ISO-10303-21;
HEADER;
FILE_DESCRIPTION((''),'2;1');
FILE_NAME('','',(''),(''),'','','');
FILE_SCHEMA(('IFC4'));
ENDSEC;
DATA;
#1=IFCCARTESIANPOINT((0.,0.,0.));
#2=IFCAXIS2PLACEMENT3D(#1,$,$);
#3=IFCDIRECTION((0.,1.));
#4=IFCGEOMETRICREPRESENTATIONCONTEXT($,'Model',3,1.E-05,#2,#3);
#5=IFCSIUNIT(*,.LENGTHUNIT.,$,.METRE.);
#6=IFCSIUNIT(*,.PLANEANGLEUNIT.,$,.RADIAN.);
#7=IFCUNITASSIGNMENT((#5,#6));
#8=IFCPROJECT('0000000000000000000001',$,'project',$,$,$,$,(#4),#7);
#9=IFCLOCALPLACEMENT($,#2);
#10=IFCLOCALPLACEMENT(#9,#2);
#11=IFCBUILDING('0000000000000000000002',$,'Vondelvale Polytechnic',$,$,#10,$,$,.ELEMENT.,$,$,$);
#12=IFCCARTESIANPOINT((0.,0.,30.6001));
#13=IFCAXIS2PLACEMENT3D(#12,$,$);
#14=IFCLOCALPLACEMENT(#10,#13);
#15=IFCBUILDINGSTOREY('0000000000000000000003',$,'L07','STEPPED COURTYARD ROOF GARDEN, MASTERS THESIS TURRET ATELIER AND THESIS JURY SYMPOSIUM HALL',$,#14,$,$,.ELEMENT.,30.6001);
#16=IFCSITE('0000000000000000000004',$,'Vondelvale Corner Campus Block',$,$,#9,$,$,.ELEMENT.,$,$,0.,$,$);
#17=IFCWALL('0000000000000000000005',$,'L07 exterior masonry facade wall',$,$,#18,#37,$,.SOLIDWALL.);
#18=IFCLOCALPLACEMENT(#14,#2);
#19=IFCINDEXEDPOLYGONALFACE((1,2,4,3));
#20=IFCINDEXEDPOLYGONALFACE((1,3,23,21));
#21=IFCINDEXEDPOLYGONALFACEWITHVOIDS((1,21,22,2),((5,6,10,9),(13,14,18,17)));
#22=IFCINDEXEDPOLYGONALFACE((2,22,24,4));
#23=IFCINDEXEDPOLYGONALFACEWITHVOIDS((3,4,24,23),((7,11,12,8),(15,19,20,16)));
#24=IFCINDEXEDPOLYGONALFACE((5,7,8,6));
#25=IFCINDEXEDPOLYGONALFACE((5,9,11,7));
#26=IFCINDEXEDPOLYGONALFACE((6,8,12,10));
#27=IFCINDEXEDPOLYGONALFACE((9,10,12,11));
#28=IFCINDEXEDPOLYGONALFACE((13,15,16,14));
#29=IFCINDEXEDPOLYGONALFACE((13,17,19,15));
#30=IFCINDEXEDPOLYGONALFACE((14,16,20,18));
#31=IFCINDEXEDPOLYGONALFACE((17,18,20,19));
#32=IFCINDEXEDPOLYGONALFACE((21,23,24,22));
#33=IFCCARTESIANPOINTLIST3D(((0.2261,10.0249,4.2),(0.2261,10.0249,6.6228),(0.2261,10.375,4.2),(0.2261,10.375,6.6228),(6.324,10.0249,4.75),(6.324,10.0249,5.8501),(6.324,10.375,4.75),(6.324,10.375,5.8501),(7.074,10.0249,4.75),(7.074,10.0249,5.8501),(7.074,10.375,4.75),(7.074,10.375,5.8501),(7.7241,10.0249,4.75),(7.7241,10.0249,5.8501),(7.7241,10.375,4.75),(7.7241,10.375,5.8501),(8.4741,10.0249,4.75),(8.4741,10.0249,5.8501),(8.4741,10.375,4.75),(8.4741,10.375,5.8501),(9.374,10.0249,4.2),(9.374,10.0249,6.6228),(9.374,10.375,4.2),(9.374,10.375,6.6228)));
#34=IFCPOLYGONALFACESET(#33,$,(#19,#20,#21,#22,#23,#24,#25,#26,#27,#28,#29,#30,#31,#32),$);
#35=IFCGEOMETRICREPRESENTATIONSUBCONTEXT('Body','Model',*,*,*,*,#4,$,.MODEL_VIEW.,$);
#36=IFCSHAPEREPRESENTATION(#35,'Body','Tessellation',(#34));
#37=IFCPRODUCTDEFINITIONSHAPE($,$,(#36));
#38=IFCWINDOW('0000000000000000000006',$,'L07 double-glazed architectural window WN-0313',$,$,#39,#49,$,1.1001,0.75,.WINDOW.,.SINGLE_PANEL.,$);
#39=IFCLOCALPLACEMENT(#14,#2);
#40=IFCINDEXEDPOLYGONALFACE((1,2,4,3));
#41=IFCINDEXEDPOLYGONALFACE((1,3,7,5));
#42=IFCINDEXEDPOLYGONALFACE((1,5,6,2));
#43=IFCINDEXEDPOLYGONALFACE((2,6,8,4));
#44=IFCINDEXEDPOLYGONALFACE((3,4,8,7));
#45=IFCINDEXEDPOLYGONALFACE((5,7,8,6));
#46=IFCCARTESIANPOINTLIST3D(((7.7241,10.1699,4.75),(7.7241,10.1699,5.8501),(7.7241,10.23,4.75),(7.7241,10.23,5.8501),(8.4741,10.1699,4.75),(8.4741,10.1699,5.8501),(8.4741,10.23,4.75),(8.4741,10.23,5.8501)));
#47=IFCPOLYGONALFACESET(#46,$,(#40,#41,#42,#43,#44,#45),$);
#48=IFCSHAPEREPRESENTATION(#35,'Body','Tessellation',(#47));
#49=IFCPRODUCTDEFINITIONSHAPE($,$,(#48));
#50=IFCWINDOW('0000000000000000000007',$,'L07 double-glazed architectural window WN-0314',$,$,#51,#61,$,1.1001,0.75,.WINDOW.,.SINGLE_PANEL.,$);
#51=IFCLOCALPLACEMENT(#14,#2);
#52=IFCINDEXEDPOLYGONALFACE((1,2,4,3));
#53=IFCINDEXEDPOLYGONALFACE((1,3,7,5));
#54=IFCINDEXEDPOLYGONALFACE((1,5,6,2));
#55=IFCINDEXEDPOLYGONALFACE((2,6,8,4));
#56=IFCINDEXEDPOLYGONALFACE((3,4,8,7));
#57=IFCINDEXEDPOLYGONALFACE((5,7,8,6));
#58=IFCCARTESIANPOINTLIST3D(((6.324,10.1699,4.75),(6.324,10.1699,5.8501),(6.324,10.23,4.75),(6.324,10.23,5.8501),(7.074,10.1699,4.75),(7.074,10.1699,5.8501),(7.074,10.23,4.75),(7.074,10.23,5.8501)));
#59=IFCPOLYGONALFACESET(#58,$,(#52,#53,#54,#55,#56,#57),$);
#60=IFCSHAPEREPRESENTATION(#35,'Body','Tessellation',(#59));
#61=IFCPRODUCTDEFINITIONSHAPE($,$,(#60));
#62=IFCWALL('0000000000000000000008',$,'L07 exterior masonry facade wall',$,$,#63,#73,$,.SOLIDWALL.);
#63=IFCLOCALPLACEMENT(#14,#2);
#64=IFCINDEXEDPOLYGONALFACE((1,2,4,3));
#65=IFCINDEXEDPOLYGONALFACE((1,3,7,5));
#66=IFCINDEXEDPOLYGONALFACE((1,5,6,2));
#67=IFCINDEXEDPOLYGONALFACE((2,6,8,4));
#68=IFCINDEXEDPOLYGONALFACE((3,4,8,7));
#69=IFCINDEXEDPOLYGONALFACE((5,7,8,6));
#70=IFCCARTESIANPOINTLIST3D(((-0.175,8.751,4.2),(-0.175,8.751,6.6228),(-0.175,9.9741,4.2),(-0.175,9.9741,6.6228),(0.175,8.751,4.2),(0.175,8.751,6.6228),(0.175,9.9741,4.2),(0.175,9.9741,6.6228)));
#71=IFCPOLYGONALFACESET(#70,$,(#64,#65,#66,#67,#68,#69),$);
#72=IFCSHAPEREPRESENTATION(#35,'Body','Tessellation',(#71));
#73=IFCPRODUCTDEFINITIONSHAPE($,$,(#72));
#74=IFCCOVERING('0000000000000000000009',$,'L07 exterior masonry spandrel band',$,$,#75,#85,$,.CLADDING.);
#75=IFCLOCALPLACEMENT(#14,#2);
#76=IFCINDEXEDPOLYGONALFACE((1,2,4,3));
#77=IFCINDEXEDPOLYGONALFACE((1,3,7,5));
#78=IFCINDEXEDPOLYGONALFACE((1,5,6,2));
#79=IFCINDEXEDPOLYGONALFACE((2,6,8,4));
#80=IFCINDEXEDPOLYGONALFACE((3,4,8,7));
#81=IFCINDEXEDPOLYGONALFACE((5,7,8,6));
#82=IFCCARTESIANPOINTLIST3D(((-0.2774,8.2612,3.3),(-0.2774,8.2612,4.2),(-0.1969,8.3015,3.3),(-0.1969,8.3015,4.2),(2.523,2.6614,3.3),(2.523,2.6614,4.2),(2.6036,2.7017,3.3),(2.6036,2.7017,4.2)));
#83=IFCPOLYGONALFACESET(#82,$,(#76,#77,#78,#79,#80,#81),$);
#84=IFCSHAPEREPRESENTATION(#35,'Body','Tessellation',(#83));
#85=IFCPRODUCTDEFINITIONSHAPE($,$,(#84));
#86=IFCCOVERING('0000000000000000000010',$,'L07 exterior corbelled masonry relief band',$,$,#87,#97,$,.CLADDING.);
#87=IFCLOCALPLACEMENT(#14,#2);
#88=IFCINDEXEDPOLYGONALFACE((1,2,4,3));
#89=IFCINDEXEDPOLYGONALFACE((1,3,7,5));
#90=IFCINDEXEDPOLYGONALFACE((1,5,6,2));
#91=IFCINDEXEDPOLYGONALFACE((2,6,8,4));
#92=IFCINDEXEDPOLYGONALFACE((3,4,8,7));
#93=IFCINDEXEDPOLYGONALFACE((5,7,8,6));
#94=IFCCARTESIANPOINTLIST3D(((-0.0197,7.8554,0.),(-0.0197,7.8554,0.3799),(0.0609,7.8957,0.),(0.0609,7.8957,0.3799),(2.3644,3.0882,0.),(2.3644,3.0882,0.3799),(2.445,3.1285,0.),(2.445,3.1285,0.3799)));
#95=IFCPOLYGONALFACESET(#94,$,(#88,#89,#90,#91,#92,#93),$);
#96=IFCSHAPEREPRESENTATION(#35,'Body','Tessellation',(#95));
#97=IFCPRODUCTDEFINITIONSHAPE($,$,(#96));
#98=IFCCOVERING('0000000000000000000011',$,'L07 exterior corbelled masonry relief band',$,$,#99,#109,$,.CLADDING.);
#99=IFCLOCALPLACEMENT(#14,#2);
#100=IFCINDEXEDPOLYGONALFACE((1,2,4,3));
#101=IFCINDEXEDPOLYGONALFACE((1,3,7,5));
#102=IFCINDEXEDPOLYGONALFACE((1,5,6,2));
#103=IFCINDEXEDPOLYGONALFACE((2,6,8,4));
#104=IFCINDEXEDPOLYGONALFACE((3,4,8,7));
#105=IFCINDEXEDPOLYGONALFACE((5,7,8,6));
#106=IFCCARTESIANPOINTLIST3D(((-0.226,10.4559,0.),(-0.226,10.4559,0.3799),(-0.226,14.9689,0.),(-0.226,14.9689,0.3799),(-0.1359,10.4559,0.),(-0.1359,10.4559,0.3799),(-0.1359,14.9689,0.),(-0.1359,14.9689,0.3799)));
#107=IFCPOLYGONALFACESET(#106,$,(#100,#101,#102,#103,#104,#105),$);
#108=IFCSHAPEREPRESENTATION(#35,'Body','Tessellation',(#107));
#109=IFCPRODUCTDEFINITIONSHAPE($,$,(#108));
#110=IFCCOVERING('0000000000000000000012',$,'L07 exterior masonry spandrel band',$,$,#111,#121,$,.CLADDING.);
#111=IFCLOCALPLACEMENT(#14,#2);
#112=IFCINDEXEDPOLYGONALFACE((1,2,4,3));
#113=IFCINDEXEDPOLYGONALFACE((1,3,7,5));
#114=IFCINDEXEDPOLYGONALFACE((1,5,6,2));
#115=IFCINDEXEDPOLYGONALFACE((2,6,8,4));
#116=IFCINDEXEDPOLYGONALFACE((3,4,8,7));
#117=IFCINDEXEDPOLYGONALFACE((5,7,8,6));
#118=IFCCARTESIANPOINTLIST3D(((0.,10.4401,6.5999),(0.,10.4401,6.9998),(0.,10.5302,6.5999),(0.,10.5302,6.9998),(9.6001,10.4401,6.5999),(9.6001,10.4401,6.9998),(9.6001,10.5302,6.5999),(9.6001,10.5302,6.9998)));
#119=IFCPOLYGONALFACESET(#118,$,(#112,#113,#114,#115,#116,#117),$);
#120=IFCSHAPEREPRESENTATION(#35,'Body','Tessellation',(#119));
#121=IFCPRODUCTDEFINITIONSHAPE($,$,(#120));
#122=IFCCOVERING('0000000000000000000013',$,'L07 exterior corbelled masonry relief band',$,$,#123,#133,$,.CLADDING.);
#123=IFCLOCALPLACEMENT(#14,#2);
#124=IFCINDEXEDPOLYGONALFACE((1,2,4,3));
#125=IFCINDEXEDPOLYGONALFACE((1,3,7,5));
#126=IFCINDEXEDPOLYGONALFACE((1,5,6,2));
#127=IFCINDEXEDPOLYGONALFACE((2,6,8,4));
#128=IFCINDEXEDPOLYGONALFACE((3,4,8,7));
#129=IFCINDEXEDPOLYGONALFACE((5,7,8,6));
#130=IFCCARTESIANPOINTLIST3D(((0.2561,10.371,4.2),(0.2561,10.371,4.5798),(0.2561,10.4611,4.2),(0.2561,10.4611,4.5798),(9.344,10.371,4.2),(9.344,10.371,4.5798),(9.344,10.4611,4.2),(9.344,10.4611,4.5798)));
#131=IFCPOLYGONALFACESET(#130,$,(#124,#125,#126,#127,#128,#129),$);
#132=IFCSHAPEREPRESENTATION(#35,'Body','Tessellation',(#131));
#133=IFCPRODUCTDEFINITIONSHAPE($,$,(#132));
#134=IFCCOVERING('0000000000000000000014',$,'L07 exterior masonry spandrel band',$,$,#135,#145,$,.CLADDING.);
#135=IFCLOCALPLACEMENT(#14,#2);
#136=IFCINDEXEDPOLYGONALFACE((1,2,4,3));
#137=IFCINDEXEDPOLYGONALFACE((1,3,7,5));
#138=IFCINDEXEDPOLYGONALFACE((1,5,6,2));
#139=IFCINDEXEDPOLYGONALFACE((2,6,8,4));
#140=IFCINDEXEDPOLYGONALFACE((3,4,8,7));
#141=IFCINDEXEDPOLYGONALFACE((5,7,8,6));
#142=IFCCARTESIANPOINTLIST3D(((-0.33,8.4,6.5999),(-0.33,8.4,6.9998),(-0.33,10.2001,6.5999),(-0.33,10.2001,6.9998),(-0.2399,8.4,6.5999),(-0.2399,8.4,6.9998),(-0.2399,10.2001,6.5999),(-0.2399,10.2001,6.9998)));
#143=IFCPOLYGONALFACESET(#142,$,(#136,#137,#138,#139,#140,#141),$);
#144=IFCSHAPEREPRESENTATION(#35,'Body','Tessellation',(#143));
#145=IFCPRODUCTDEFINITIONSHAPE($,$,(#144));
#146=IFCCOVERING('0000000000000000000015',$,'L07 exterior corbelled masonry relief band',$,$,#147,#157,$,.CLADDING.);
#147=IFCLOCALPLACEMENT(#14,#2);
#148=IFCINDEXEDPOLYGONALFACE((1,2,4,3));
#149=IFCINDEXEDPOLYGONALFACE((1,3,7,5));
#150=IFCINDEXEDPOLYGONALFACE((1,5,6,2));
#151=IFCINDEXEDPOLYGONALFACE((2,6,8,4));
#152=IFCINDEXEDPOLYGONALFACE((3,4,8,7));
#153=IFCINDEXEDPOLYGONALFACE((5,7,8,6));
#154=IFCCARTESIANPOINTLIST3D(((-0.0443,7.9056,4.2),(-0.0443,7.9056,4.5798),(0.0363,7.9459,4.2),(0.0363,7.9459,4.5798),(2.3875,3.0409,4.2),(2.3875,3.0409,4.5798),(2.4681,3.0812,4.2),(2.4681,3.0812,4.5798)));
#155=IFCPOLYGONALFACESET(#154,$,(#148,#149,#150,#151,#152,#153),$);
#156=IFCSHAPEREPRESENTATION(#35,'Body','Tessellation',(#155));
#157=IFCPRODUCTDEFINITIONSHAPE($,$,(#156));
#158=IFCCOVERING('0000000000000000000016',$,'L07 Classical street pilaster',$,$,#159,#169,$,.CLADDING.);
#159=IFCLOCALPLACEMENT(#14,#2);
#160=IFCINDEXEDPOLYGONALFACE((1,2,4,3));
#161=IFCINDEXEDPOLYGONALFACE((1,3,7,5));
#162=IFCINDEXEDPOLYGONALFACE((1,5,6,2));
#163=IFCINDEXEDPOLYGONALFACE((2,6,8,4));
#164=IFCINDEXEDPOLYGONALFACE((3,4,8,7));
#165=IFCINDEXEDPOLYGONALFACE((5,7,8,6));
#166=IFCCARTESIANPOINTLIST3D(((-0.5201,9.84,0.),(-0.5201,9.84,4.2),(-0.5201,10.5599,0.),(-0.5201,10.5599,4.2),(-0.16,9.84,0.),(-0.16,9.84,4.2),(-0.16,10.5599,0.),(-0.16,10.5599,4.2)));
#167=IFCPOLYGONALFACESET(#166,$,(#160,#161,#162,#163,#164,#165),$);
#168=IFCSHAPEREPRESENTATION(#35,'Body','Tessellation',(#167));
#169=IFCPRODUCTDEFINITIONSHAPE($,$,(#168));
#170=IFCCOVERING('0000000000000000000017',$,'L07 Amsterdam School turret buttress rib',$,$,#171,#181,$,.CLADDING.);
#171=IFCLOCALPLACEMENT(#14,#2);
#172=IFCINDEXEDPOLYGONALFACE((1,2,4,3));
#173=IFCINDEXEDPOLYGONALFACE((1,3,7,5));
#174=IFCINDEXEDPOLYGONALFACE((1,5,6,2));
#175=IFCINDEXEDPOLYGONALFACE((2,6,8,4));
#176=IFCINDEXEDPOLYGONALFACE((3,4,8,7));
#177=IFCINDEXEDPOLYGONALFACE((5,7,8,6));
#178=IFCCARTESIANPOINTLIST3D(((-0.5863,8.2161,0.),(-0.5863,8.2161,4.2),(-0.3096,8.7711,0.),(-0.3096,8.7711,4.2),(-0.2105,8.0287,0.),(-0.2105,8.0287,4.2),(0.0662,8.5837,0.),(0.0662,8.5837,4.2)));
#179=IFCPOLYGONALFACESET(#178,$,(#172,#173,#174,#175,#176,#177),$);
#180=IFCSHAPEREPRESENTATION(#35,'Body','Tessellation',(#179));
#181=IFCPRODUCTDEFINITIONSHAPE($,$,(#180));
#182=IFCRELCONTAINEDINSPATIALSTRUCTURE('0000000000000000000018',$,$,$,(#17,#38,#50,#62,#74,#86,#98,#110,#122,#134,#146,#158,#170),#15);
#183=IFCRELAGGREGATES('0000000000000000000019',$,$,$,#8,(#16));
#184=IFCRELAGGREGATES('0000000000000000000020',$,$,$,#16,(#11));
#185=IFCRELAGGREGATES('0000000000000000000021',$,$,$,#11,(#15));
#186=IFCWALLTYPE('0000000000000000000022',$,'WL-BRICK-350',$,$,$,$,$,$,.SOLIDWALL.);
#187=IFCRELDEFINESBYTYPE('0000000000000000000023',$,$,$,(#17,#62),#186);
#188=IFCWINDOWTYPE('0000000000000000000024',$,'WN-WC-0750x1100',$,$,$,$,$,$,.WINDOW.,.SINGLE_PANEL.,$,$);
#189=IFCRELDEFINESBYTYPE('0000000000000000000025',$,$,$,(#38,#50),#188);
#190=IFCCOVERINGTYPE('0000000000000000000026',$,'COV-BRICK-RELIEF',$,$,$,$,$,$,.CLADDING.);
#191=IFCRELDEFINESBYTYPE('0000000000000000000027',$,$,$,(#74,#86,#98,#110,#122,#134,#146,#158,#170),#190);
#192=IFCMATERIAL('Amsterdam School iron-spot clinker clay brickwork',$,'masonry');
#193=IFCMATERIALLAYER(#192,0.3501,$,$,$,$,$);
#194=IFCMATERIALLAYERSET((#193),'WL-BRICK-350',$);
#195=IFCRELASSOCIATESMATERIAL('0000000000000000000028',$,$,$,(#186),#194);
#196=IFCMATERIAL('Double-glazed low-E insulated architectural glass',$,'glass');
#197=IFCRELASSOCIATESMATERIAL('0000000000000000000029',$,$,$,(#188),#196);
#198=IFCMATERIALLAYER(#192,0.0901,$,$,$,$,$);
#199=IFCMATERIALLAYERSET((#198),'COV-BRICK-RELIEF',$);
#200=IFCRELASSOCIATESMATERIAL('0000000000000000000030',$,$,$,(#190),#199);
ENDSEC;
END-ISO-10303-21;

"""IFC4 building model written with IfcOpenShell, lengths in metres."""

from ifc_helpers import new_model, si_unit, direction, frame, frame_2d, origin, origin_2d, place, context, subcontext, project, spatial, rectangle, extrude, material, layer, layer_set, type_object, element, fill, save


model = new_model("IFC4")

# Units and contexts
model_context = context("Model", 3, precision=1e-05, world=origin(), true_north=direction((0.0, 1.0)))
body_context = subcontext(model_context, "Body", "Model", "MODEL_VIEW")
ifc_project = project(units=[si_unit("LENGTHUNIT", "METRE"), si_unit("PLANEANGLEUNIT", "RADIAN")], contexts=[model_context])

# Site, building, storey
site_placement = place(None, origin())
site = spatial("IfcSite", under=ifc_project, at=site_placement, Name="Vondelvale Corner Campus Block", CompositionType="ELEMENT", RefElevation=0.0)
building_placement = place(site_placement, origin())
building = spatial("IfcBuilding", under=site, at=building_placement, Name="Vondelvale Polytechnic", CompositionType="ELEMENT")
storey_placement = place(building_placement, frame((0.0, 0.0, 30.6001)))
storey = spatial("IfcBuildingStorey", under=building, at=storey_placement, Name="L07", Description="STEPPED COURTYARD ROOF GARDEN, MASTERS THESIS TURRET ATELIER AND THESIS JURY SYMPOSIUM HALL", CompositionType="ELEMENT", Elevation=30.6001)

# Shared definitions
ifc_material_1 = material(Name="Amsterdam School iron-spot clinker clay brickwork", Category="masonry")

# Shared definitions
ifc_material_2 = material(Name="Double-glazed low-E insulated architectural glass", Category="glass")

# Wall, openings, windows
ifc_layer_1 = layer(ifc_material_1, 0.3501)
ifc_layer_set_1 = layer_set([ifc_layer_1], Name="WL-BRICK-350")
wall_type_1 = type_object("IfcWallType", Name="WL-BRICK-350", PredefinedType="SOLIDWALL", material=ifc_layer_set_1)
wall_1_placement = place(storey_placement, frame((0.2261, 10.2, 4.2), z_axis=(0.0, 0.0, 1.0), x_axis=(1.0, 0.0, 0.0)))
wall_1 = element("IfcWall", 1, at=wall_1_placement, inside=storey, type_object=wall_type_1, Name="L07 exterior masonry facade wall", PredefinedType="SOLIDWALL", context=body_context, shape_type="SweptSolid", body=[
    extrude(rectangle(XDim=9.1479, YDim=0.3501, at=frame_2d((4.574, 0.0))), origin(), (0.0, 0.0, 1.0), 2.4229),
])
opening_1_placement = place(wall_1_placement, frame((7.498, 0.0, 0.55)))
opening_1 = element("IfcOpeningElement", 2, at=opening_1_placement, cuts=wall_1, PredefinedType="OPENING", context=body_context, shape_type="SweptSolid", body=[
    extrude(rectangle(XDim=0.75, YDim=1.1001, at=frame_2d((0.375, 0.55))), frame((0.0, 0.1851, 0.0), z_axis=(0.0, -1.0, 0.0), x_axis=(1.0, 0.0, 0.0)), (0.0, 0.0, 1.0), 0.3701),
])
opening_2_placement = place(wall_1_placement, frame((6.0979, 0.0, 0.55)))
opening_2 = element("IfcOpeningElement", 3, at=opening_2_placement, cuts=wall_1, PredefinedType="OPENING", context=body_context, shape_type="SweptSolid", body=[
    extrude(rectangle(XDim=0.75, YDim=1.1001, at=frame_2d((0.375, 0.55))), frame((0.0, 0.1851, 0.0), z_axis=(0.0, -1.0, 0.0), x_axis=(1.0, 0.0, 0.0)), (0.0, 0.0, 1.0), 0.3701),
])
window_type_1 = type_object("IfcWindowType", Name="WN-WC-0750x1100", PartitioningType="SINGLE_PANEL", PredefinedType="WINDOW", material=ifc_material_2)
window_1_placement = place(opening_1_placement, origin())
window_1 = element("IfcWindow", 4, at=window_1_placement, inside=storey, type_object=window_type_1, Name="L07 double-glazed architectural window WN-0313", OverallHeight=1.1001, OverallWidth=0.75, PartitioningType="SINGLE_PANEL", PredefinedType="WINDOW", context=body_context, shape_type="SweptSolid", body=[
    extrude(rectangle(XDim=0.75, YDim=1.1001, at=frame_2d((0.375, 0.55))), frame((0.0, 0.03, 0.0), z_axis=(0.0, -1.0, 0.0), x_axis=(1.0, 0.0, 0.0)), (0.0, 0.0, 1.0), 0.0601),
])
fill(opening_1, window_1)
window_2_placement = place(opening_2_placement, origin())
window_2 = element("IfcWindow", 5, at=window_2_placement, inside=storey, type_object=window_type_1, Name="L07 double-glazed architectural window WN-0314", OverallHeight=1.1001, OverallWidth=0.75, PartitioningType="SINGLE_PANEL", PredefinedType="WINDOW", context=body_context, shape_type="SweptSolid", body=[
    extrude(rectangle(XDim=0.75, YDim=1.1001, at=frame_2d((0.375, 0.55))), frame((0.0, 0.03, 0.0), z_axis=(0.0, -1.0, 0.0), x_axis=(1.0, 0.0, 0.0)), (0.0, 0.0, 1.0), 0.0601),
])
fill(opening_2, window_2)

# Wall
wall_2_placement = place(storey_placement, frame((0.0, 8.751, 4.2), z_axis=(0.0, 0.0, 1.0), x_axis=(0.0, 1.0, 0.0)))
element("IfcWall", 6, at=wall_2_placement, inside=storey, type_object=wall_type_1, Name="L07 exterior masonry facade wall", PredefinedType="SOLIDWALL", context=body_context, shape_type="SweptSolid", body=[
    extrude(rectangle(XDim=1.2231, YDim=0.3501, at=frame_2d((0.6116, 0.0))), origin(), (0.0, 0.0, 1.0), 2.4229),
])

# Coverings
ifc_layer_2 = layer(ifc_material_1, 0.0901)
ifc_layer_set_2 = layer_set([ifc_layer_2], Name="COV-BRICK-RELIEF")
covering_type = type_object("IfcCoveringType", Name="COV-BRICK-RELIEF", PredefinedType="CLADDING", material=ifc_layer_set_2)
covering_1_placement = place(storey_placement, frame((1.1631, 5.4814, 3.3), z_axis=(0.0, 0.0, 1.0), x_axis=(-0.447291, 0.894389, 0.0)))
element("IfcCovering", 7, at=covering_1_placement, inside=storey, type_object=covering_type, Name="L07 exterior masonry spandrel band", PredefinedType="CLADDING", context=body_context, shape_type="SweptSolid", body=[
    extrude(rectangle(XDim=6.261, YDim=0.0901, at=origin_2d()), origin(), (0.0, 0.0, 1.0), 0.8999),
])
covering_2_placement = place(storey_placement, frame((1.2126, 5.4919, 0.0), z_axis=(0.0, 0.0, 1.0), x_axis=(-0.447291, 0.894389, 0.0)))
element("IfcCovering", 8, at=covering_2_placement, inside=storey, type_object=covering_type, Name="L07 exterior corbelled masonry relief band", PredefinedType="CLADDING", context=body_context, shape_type="SweptSolid", body=[
    extrude(rectangle(XDim=5.3301, YDim=0.0901, at=origin_2d()), origin(), (0.0, 0.0, 1.0), 0.3799),
])
covering_3_placement = place(storey_placement, frame((-0.1809, 12.7124, 0.0), z_axis=(0.0, 0.0, 1.0), x_axis=(0.0, 1.0, 0.0)))
element("IfcCovering", 9, at=covering_3_placement, inside=storey, type_object=covering_type, Name="L07 exterior corbelled masonry relief band", PredefinedType="CLADDING", context=body_context, shape_type="SweptSolid", body=[
    extrude(rectangle(XDim=4.5129, YDim=0.0901, at=origin_2d()), origin(), (0.0, 0.0, 1.0), 0.3799),
])
covering_4_placement = place(storey_placement, frame((4.8, 10.4851, 6.5999), z_axis=(0.0, 0.0, 1.0), x_axis=(-1.0, 0.0, 0.0)))
element("IfcCovering", 10, at=covering_4_placement, inside=storey, type_object=covering_type, Name="L07 exterior masonry spandrel band", PredefinedType="CLADDING", context=body_context, shape_type="SweptSolid", body=[
    extrude(rectangle(XDim=9.6001, YDim=0.0901, at=origin_2d()), origin(), (0.0, 0.0, 1.0), 0.3999),
])
covering_5_placement = place(storey_placement, frame((4.8, 10.416, 4.2), z_axis=(0.0, 0.0, 1.0), x_axis=(1.0, 0.0, 0.0)))
element("IfcCovering", 11, at=covering_5_placement, inside=storey, type_object=covering_type, Name="L07 exterior corbelled masonry relief band", PredefinedType="CLADDING", context=body_context, shape_type="SweptSolid", body=[
    extrude(rectangle(XDim=9.0879, YDim=0.0901, at=origin_2d()), origin(), (0.0, 0.0, 1.0), 0.3799),
])
covering_6_placement = place(storey_placement, frame((-0.2849, 9.3, 6.5999), z_axis=(0.0, 0.0, 1.0), x_axis=(0.0, -1.0, 0.0)))
element("IfcCovering", 12, at=covering_6_placement, inside=storey, type_object=covering_type, Name="L07 exterior masonry spandrel band", PredefinedType="CLADDING", context=body_context, shape_type="SweptSolid", body=[
    extrude(rectangle(XDim=1.8, YDim=0.0901, at=origin_2d()), origin(), (0.0, 0.0, 1.0), 0.3999),
])
covering_7_placement = place(storey_placement, frame((1.2119, 5.4934, 4.2), z_axis=(0.0, 0.0, 1.0), x_axis=(-0.447135, 0.894467, 0.0)))
element("IfcCovering", 13, at=covering_7_placement, inside=storey, type_object=covering_type, Name="L07 exterior corbelled masonry relief band", PredefinedType="CLADDING", context=body_context, shape_type="SweptSolid", body=[
    extrude(rectangle(XDim=5.4387, YDim=0.0901, at=origin_2d()), origin(), (0.0, 0.0, 1.0), 0.3799),
])
covering_8_placement = place(storey_placement, frame((-0.3401, 10.2, 0.0), z_axis=(0.0, 0.0, 1.0), x_axis=(1.0, 0.0, 0.0)))
element("IfcCovering", 14, at=covering_8_placement, inside=storey, type_object=covering_type, Name="L07 Classical street pilaster", PredefinedType="CLADDING", context=body_context, shape_type="SweptSolid", body=[
    extrude(rectangle(XDim=0.3601, YDim=0.72, at=origin_2d()), origin(), (0.0, 0.0, 1.0), 4.2),
])
covering_9_placement = place(storey_placement, frame((-0.26, 8.3999, 0.0), z_axis=(0.0, 0.0, 1.0), x_axis=(0.446198, 0.894934, 0.0)))
element("IfcCovering", 15, at=covering_9_placement, inside=storey, type_object=covering_type, Name="L07 Amsterdam School turret buttress rib", PredefinedType="CLADDING", context=body_context, shape_type="SweptSolid", body=[
    extrude(rectangle(XDim=0.6201, YDim=0.4199, at=origin_2d()), origin(), (0.0, 0.0, 1.0), 4.2),
])

save(model, "model.ifc")
